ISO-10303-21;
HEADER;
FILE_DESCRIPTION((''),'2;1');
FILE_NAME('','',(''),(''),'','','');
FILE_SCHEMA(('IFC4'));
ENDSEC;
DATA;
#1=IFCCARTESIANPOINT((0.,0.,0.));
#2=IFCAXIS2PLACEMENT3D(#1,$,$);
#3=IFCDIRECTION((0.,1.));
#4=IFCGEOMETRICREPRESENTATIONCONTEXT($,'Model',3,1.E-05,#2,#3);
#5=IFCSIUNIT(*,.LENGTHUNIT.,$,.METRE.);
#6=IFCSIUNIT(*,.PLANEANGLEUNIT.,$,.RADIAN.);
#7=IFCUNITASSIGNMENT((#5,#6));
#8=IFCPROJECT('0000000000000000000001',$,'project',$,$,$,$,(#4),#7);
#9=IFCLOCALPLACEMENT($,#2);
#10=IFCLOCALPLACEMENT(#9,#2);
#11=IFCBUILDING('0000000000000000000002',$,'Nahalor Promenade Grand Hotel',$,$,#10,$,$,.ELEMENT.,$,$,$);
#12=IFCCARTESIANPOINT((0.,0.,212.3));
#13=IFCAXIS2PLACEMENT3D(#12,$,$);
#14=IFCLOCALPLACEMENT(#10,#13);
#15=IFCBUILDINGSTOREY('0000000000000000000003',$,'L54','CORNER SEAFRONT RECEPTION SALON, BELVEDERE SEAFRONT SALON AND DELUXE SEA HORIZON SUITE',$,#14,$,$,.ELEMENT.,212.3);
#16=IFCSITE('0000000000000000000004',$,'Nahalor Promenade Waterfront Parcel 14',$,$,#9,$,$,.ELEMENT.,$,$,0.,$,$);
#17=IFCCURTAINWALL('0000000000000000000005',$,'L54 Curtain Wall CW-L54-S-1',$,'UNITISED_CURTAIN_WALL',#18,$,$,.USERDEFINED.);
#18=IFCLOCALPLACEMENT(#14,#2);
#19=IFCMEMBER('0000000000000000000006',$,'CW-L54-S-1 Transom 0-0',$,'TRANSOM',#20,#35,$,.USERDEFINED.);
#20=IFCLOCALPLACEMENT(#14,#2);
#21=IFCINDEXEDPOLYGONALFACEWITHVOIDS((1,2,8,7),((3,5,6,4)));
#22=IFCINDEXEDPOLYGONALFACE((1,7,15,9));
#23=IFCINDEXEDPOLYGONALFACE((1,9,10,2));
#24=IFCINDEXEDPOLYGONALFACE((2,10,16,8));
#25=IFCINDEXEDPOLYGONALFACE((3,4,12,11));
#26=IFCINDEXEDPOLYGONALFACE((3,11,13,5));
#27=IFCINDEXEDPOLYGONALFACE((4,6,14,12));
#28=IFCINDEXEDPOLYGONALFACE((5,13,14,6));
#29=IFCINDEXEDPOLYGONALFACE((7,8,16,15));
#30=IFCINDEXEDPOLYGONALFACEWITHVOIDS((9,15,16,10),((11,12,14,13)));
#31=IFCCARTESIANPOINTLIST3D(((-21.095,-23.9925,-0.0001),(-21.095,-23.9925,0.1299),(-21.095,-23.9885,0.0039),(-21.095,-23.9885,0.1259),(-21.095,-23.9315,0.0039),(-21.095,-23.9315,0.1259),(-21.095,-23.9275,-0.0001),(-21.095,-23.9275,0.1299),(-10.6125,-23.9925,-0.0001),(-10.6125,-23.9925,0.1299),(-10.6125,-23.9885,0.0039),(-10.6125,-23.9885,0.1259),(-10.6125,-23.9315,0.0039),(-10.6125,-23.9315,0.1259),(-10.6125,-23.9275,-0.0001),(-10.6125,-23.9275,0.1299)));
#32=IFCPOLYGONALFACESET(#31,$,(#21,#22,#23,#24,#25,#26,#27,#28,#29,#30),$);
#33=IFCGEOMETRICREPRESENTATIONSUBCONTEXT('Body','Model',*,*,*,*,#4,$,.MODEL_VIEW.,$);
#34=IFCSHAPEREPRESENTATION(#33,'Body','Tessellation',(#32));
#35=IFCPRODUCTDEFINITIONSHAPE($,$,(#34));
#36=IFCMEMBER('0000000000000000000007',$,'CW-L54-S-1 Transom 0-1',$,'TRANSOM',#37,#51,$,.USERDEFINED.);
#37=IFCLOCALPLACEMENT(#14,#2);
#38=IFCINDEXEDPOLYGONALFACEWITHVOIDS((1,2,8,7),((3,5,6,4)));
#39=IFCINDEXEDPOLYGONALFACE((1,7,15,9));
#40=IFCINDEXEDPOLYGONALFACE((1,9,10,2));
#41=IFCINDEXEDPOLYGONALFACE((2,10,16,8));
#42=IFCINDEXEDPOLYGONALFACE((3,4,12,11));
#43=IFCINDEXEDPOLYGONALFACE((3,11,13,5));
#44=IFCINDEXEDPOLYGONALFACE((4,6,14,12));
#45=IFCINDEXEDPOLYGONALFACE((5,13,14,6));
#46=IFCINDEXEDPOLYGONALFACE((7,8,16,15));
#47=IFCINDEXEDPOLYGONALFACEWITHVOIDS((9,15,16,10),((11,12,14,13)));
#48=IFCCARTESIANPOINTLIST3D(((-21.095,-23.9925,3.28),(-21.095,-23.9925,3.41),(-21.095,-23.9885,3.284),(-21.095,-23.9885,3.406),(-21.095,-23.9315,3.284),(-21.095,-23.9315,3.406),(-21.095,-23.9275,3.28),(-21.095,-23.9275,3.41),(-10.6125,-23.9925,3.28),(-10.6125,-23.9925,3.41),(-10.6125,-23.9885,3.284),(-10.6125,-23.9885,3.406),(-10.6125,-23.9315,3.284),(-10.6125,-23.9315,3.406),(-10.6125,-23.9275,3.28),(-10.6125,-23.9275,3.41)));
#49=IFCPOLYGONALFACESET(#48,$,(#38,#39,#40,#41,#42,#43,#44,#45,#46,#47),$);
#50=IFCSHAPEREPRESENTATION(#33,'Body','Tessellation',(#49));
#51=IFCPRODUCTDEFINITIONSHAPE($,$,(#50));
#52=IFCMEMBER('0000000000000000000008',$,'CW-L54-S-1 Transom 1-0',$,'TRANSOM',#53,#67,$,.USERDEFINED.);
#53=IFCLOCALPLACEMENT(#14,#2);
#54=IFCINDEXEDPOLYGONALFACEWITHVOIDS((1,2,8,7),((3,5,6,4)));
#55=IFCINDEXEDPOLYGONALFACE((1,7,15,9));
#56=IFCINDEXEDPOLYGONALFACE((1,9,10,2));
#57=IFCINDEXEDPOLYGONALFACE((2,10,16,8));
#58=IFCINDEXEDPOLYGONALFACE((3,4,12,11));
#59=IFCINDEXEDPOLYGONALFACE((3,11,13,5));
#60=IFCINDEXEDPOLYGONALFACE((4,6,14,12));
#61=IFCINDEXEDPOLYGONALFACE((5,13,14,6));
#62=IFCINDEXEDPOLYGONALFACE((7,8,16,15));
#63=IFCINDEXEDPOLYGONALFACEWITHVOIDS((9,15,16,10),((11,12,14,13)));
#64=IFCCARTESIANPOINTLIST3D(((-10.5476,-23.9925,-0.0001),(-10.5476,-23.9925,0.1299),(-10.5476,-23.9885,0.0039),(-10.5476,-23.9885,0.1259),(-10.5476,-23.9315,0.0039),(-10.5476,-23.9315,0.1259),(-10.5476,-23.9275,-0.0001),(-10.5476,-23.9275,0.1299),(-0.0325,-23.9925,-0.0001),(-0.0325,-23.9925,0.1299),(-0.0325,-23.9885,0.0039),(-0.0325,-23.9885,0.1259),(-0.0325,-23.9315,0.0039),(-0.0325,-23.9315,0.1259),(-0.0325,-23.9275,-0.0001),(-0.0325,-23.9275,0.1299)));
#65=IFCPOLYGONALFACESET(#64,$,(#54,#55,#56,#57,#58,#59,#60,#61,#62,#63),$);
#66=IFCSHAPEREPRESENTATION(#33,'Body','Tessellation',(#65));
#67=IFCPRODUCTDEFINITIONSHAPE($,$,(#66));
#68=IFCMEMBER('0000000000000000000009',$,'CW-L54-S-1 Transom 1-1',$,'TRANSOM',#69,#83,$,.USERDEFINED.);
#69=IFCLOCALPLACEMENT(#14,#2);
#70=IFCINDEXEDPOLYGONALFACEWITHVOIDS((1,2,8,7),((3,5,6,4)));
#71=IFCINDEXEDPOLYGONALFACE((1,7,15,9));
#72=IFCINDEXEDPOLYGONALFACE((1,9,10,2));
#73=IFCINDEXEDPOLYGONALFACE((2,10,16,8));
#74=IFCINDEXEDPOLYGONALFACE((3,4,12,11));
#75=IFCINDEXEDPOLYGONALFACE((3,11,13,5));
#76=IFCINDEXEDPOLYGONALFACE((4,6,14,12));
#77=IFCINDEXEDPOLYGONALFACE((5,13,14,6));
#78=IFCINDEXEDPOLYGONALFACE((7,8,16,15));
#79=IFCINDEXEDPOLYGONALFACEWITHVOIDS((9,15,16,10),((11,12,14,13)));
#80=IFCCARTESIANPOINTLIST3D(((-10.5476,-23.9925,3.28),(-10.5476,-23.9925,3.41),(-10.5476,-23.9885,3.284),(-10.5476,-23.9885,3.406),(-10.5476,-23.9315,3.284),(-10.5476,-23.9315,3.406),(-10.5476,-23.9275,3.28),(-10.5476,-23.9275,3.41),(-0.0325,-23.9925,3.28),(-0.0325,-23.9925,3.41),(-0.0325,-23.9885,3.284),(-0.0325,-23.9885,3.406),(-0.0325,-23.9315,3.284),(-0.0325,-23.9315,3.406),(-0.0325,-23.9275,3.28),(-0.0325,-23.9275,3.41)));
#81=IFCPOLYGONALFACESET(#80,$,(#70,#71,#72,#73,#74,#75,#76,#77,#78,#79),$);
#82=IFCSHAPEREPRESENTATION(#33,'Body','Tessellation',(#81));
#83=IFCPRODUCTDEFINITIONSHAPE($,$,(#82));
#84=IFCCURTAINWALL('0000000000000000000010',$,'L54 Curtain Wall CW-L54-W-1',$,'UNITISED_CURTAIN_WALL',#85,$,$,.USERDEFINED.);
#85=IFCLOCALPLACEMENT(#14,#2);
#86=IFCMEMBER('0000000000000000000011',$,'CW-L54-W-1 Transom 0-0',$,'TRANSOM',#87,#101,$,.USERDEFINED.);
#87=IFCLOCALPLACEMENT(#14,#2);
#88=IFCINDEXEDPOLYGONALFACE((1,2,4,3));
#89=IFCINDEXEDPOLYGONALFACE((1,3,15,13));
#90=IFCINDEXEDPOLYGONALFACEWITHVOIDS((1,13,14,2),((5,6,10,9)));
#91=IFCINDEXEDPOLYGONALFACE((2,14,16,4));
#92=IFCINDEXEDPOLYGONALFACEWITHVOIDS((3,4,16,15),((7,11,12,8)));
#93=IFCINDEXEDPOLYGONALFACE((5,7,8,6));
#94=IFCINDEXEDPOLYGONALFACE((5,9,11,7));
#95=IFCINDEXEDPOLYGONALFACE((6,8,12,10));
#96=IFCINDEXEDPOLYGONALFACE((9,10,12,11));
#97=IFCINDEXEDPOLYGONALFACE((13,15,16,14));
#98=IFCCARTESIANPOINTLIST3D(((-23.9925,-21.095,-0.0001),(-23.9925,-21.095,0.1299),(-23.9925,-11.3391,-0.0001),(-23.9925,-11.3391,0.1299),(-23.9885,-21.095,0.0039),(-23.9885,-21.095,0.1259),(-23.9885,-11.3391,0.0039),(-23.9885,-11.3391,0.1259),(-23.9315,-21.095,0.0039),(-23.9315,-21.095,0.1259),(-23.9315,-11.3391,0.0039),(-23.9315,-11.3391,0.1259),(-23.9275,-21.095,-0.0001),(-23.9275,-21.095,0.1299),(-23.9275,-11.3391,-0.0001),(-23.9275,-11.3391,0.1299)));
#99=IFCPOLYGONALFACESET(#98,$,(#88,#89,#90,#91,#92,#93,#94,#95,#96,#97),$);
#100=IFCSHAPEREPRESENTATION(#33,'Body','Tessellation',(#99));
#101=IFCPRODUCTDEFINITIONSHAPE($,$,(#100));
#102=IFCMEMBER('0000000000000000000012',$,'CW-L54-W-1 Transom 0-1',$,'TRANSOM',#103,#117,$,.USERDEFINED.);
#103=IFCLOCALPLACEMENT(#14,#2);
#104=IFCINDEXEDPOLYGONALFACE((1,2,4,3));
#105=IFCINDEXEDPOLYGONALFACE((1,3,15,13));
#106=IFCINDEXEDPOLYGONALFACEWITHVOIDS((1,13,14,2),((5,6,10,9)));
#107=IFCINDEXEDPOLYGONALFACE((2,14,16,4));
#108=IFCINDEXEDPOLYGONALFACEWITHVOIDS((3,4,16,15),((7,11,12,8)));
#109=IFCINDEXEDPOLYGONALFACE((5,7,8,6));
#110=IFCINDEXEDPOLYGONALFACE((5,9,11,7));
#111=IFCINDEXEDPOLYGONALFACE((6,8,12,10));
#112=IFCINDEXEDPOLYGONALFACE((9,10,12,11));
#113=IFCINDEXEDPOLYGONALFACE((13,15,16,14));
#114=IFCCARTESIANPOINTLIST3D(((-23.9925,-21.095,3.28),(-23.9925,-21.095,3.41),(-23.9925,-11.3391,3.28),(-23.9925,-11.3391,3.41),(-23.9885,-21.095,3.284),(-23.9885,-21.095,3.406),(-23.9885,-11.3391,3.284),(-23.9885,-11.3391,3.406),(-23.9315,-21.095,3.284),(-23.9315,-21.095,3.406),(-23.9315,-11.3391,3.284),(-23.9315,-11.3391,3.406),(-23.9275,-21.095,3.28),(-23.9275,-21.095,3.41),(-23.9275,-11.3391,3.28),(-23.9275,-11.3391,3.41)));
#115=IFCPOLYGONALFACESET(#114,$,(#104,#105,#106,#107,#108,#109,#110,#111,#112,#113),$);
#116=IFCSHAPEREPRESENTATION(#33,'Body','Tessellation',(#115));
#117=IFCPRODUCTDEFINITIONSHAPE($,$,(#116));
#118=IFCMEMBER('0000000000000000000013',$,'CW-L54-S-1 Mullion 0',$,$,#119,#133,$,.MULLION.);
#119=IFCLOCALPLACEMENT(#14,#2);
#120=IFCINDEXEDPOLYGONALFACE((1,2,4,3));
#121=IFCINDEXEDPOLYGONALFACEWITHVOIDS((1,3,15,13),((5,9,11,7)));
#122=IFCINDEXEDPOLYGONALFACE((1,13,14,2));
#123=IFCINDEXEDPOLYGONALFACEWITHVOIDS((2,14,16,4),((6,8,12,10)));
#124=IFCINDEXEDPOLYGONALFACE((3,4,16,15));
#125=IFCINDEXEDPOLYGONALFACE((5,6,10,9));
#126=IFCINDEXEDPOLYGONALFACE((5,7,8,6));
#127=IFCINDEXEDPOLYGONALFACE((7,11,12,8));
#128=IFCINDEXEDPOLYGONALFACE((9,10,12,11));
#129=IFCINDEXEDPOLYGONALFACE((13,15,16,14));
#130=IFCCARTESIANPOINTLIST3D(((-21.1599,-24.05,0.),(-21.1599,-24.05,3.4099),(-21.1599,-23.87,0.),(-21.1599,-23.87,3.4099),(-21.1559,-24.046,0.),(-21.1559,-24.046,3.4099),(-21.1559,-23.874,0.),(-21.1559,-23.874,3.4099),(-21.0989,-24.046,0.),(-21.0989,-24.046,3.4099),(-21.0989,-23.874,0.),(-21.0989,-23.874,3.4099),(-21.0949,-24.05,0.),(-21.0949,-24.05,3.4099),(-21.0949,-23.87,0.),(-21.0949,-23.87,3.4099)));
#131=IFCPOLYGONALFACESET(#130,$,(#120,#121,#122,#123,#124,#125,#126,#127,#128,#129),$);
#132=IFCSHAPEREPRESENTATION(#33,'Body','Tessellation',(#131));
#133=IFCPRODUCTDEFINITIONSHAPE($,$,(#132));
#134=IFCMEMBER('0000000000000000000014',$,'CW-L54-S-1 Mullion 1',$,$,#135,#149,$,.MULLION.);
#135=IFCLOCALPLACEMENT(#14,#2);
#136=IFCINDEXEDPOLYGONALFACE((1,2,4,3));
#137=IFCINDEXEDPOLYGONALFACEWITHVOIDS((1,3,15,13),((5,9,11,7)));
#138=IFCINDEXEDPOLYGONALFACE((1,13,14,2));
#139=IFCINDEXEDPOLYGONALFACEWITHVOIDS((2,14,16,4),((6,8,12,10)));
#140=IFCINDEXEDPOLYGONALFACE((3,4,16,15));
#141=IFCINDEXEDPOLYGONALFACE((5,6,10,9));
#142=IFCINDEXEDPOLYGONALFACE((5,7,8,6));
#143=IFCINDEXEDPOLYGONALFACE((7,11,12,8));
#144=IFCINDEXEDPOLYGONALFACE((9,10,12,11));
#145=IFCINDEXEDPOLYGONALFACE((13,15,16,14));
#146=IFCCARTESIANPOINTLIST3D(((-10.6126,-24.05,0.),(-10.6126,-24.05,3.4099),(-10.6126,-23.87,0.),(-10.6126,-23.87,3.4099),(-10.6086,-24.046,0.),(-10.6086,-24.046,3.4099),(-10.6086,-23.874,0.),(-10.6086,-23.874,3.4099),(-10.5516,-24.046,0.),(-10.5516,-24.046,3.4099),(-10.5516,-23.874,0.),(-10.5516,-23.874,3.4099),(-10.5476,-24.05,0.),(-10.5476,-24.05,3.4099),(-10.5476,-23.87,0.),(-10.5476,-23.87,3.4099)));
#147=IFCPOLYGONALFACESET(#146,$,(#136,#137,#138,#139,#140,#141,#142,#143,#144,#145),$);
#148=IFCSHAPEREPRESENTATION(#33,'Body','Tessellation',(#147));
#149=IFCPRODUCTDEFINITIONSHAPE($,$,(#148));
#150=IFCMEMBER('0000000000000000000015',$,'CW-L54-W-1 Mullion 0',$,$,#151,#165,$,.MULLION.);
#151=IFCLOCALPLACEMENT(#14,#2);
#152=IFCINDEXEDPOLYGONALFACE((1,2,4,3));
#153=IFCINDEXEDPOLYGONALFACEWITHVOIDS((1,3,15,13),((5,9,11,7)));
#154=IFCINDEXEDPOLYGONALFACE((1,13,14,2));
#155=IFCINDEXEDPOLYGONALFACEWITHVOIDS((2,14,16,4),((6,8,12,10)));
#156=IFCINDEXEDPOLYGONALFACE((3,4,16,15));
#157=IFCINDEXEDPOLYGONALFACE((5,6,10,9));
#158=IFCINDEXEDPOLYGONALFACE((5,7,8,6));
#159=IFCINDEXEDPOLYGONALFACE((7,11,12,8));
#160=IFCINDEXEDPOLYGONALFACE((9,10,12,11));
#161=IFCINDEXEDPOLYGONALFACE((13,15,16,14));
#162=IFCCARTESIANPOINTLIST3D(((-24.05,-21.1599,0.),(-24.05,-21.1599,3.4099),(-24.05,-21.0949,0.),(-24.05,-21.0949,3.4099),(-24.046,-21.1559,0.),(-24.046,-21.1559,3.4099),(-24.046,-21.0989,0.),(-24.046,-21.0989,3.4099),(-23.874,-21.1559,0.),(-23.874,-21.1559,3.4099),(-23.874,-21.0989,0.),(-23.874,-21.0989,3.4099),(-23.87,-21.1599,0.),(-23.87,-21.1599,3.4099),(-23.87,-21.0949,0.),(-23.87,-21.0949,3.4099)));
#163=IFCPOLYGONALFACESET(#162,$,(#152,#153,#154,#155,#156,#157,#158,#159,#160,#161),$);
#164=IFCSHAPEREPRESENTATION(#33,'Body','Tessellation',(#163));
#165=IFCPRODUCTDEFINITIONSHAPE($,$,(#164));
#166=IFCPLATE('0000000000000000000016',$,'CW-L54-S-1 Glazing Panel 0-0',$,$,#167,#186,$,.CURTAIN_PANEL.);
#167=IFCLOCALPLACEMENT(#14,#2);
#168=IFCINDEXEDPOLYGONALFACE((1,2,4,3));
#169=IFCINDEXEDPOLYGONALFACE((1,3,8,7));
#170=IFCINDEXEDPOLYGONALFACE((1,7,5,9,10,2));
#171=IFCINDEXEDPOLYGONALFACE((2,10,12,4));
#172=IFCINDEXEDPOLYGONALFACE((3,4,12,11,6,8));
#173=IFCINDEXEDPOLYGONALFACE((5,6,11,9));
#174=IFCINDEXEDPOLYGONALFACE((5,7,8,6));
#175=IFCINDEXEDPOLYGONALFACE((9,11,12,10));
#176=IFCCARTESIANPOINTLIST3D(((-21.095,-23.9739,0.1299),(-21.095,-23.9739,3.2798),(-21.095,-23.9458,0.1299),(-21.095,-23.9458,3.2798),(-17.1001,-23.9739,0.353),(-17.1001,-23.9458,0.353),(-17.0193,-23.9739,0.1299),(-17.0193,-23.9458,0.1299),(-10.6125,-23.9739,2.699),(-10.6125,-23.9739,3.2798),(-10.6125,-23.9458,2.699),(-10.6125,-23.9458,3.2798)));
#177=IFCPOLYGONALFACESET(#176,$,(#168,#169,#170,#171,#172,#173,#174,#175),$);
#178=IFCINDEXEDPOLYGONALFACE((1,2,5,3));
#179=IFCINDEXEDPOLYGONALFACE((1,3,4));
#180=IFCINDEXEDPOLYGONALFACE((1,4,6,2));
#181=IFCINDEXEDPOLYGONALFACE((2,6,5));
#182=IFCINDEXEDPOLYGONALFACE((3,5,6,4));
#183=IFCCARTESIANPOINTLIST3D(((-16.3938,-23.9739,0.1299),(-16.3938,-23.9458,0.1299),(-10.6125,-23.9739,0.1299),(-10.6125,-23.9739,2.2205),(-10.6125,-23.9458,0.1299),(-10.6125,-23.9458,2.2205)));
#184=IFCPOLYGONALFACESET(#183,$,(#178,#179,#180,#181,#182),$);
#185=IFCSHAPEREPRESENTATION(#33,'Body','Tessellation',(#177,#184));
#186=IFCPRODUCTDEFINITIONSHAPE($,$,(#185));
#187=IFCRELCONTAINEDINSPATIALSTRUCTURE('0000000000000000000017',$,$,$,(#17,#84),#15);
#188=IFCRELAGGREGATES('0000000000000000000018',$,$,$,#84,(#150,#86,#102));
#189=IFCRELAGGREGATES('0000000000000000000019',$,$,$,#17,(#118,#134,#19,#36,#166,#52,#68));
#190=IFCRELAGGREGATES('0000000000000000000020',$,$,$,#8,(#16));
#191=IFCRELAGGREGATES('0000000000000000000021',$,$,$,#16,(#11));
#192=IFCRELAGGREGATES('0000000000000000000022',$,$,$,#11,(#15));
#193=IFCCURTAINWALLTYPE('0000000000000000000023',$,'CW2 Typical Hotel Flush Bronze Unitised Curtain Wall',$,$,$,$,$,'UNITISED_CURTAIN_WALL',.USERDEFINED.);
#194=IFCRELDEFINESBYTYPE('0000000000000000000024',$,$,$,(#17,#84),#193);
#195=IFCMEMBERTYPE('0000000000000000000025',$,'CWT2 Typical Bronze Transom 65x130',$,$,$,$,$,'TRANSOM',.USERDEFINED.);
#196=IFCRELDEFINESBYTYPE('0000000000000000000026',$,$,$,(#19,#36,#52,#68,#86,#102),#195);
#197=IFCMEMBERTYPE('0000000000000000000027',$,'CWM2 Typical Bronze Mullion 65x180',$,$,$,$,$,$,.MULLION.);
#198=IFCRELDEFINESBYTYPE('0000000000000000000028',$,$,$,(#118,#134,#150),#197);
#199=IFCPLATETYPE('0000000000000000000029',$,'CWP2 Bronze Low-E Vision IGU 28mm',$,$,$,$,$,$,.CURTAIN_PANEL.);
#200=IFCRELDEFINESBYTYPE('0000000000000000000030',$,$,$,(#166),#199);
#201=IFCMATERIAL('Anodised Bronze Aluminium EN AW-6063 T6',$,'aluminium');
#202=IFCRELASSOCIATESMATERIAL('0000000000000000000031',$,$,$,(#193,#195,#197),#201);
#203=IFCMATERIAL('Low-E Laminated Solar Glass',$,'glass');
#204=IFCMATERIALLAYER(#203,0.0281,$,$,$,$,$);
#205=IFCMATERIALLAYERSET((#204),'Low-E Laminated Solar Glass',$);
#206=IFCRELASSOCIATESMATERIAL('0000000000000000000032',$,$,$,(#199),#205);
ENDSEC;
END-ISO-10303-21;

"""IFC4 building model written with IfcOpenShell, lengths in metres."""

from ifc_helpers import new_model, si_unit, direction, frame, origin, origin_2d, place, context, subcontext, project, spatial, polyline, hollow_rectangle, outline, extrude, source, transform, mapped, material, layer, layer_set, material_profile, profile_set, type_object, element, aggregate, save


model = new_model("IFC4")

# Units and contexts
model_context = context("Model", 3, precision=1e-05, world=origin(), true_north=direction((0.0, 1.0)))
body_context = subcontext(model_context, "Body", "Model", "MODEL_VIEW")
ifc_project = project(units=[si_unit("LENGTHUNIT", "METRE"), si_unit("PLANEANGLEUNIT", "RADIAN")], contexts=[model_context])

# Site, building, storey
site_placement = place(None, origin())
site = spatial("IfcSite", under=ifc_project, at=site_placement, Name="Nahalor Promenade Waterfront Parcel 14", CompositionType="ELEMENT", RefElevation=0.0)
building_placement = place(site_placement, origin())
building = spatial("IfcBuilding", under=site, at=building_placement, Name="Nahalor Promenade Grand Hotel", CompositionType="ELEMENT")
storey_placement = place(building_placement, frame((0.0, 0.0, 212.3)))
storey = spatial("IfcBuildingStorey", under=building, at=storey_placement, Name="L54", Description="CORNER SEAFRONT RECEPTION SALON, BELVEDERE SEAFRONT SALON AND DELUXE SEA HORIZON SUITE", CompositionType="ELEMENT", Elevation=212.3)

# Curtain walls, members
ifc_material_1 = material(Name="Anodised Bronze Aluminium EN AW-6063 T6", Category="aluminium")
curtain_wall_type = type_object("IfcCurtainWallType", Name="CW2 Typical Hotel Flush Bronze Unitised Curtain Wall", ElementType="UNITISED_CURTAIN_WALL", PredefinedType="USERDEFINED", material=ifc_material_1)
curtain_wall_1_placement = place(storey_placement, origin())
curtain_wall_1 = element("IfcCurtainWall", 1, at=curtain_wall_1_placement, inside=storey, type_object=curtain_wall_type, Name="L54 Curtain Wall CW-L54-S-1", ObjectType="UNITISED_CURTAIN_WALL", PredefinedType="USERDEFINED")
ifc_material_profile_1 = material_profile(ifc_material_1, hollow_rectangle(XDim=0.065, YDim=0.13, WallThickness=0.004, at=origin_2d()), Name="CWT 65x130x4")
ifc_profile_set_1 = profile_set([ifc_material_profile_1], Name="Anodised Bronze Aluminium EN AW-6063 T6")
member_type_1 = type_object("IfcMemberType", Name="CWT2 Typical Bronze Transom 65x130", ElementType="TRANSOM", PredefinedType="USERDEFINED", material=ifc_profile_set_1)
shared_shape_1 = source(origin(), body_context, "Body", "SweptSolid", [
    extrude(hollow_rectangle(XDim=0.065, YDim=0.13, WallThickness=0.004, at=origin_2d()), origin(), (0.0, 0.0, 1.0), 10.4824),
])
member_1_placement = place(storey_placement, frame((-21.095, -23.96, 0.0649), z_axis=(1.0, 0.0, 0.0), x_axis=(0.0, 1.0, 0.0)))
member_1 = element("IfcMember", 2, at=member_1_placement, type_object=member_type_1, Name="CW-L54-S-1 Transom 0-0", ObjectType="TRANSOM", PredefinedType="USERDEFINED", context=body_context, shape_type="MappedRepresentation", body=[
    mapped(shared_shape_1, transform((0.0, 0.0, 0.0), scale=1.0)),
])
member_2_placement = place(storey_placement, frame((-21.095, -23.96, 3.345), z_axis=(1.0, 0.0, 0.0), x_axis=(0.0, 1.0, 0.0)))
member_2 = element("IfcMember", 3, at=member_2_placement, type_object=member_type_1, Name="CW-L54-S-1 Transom 0-1", ObjectType="TRANSOM", PredefinedType="USERDEFINED", context=body_context, shape_type="MappedRepresentation", body=[
    mapped(shared_shape_1, transform((0.0, 0.0, 0.0), scale=1.0)),
])
shared_shape_2 = source(origin(), body_context, "Body", "SweptSolid", [
    extrude(hollow_rectangle(XDim=0.065, YDim=0.13, WallThickness=0.004, at=origin_2d()), origin(), (0.0, 0.0, 1.0), 10.5151),
])
member_3_placement = place(storey_placement, frame((-10.5476, -23.96, 0.0649), z_axis=(1.0, 0.0, 0.0), x_axis=(0.0, 1.0, 0.0)))
member_3 = element("IfcMember", 4, at=member_3_placement, type_object=member_type_1, Name="CW-L54-S-1 Transom 1-0", ObjectType="TRANSOM", PredefinedType="USERDEFINED", context=body_context, shape_type="MappedRepresentation", body=[
    mapped(shared_shape_2, transform((0.0, 0.0, 0.0), scale=1.0)),
])
member_4_placement = place(storey_placement, frame((-10.5476, -23.96, 3.345), z_axis=(1.0, 0.0, 0.0), x_axis=(0.0, 1.0, 0.0)))
member_4 = element("IfcMember", 5, at=member_4_placement, type_object=member_type_1, Name="CW-L54-S-1 Transom 1-1", ObjectType="TRANSOM", PredefinedType="USERDEFINED", context=body_context, shape_type="MappedRepresentation", body=[
    mapped(shared_shape_2, transform((0.0, 0.0, 0.0), scale=1.0)),
])
curtain_wall_2_placement = place(storey_placement, origin())
curtain_wall_2 = element("IfcCurtainWall", 6, at=curtain_wall_2_placement, inside=storey, type_object=curtain_wall_type, Name="L54 Curtain Wall CW-L54-W-1", ObjectType="UNITISED_CURTAIN_WALL", PredefinedType="USERDEFINED")
shared_shape_3 = source(origin(), body_context, "Body", "SweptSolid", [
    extrude(hollow_rectangle(XDim=0.065, YDim=0.13, WallThickness=0.004, at=origin_2d()), origin(), (0.0, 0.0, 1.0), 9.7559),
])
member_5_placement = place(storey_placement, frame((-23.96, -21.095, 0.0649), z_axis=(0.0, 1.0, 0.0), x_axis=(-1.0, 0.0, 0.0)))
member_5 = element("IfcMember", 7, at=member_5_placement, type_object=member_type_1, Name="CW-L54-W-1 Transom 0-0", ObjectType="TRANSOM", PredefinedType="USERDEFINED", context=body_context, shape_type="MappedRepresentation", body=[
    mapped(shared_shape_3, transform((0.0, 0.0, 0.0), scale=1.0)),
])
member_6_placement = place(storey_placement, frame((-23.96, -21.095, 3.345), z_axis=(0.0, 1.0, 0.0), x_axis=(-1.0, 0.0, 0.0)))
member_6 = element("IfcMember", 8, at=member_6_placement, type_object=member_type_1, Name="CW-L54-W-1 Transom 0-1", ObjectType="TRANSOM", PredefinedType="USERDEFINED", context=body_context, shape_type="MappedRepresentation", body=[
    mapped(shared_shape_3, transform((0.0, 0.0, 0.0), scale=1.0)),
])

# Members
ifc_material_profile_2 = material_profile(ifc_material_1, hollow_rectangle(XDim=0.065, YDim=0.18, WallThickness=0.004, at=origin_2d()), Name="CWM 65x180x4")
ifc_profile_set_2 = profile_set([ifc_material_profile_2], Name="Anodised Bronze Aluminium EN AW-6063 T6")
member_type_2 = type_object("IfcMemberType", Name="CWM2 Typical Bronze Mullion 65x180", PredefinedType="MULLION", material=ifc_profile_set_2)
shared_shape_4 = source(origin(), body_context, "Body", "SweptSolid", [
    extrude(hollow_rectangle(XDim=0.065, YDim=0.18, WallThickness=0.004, at=origin_2d()), origin(), (0.0, 0.0, 1.0), 3.4099),
])
member_7_placement = place(storey_placement, frame((-21.1274, -23.96, 0.0), z_axis=(0.0, 0.0, 1.0), x_axis=(1.0, 0.0, 0.0)))
member_7 = element("IfcMember", 9, at=member_7_placement, type_object=member_type_2, Name="CW-L54-S-1 Mullion 0", PredefinedType="MULLION", context=body_context, shape_type="MappedRepresentation", body=[
    mapped(shared_shape_4, transform((0.0, 0.0, 0.0), scale=1.0)),
])
member_8_placement = place(storey_placement, frame((-10.5801, -23.96, 0.0), z_axis=(0.0, 0.0, 1.0), x_axis=(1.0, 0.0, 0.0)))
member_8 = element("IfcMember", 10, at=member_8_placement, type_object=member_type_2, Name="CW-L54-S-1 Mullion 1", PredefinedType="MULLION", context=body_context, shape_type="MappedRepresentation", body=[
    mapped(shared_shape_4, transform((0.0, 0.0, 0.0), scale=1.0)),
])
member_9_placement = place(storey_placement, frame((-23.96, -21.1274, 0.0), z_axis=(0.0, 0.0, 1.0), x_axis=(0.0, 1.0, 0.0)))
member_9 = element("IfcMember", 11, at=member_9_placement, type_object=member_type_2, Name="CW-L54-W-1 Mullion 0", PredefinedType="MULLION", context=body_context, shape_type="MappedRepresentation", body=[
    mapped(shared_shape_4, transform((0.0, 0.0, 0.0), scale=1.0)),
])
aggregate(curtain_wall_2, [member_9, member_5, member_6])

# Plate
ifc_material_2 = material(Name="Low-E Laminated Solar Glass", Category="glass")
ifc_layer_1 = layer(ifc_material_2, 0.0281)
ifc_layer_set_1 = layer_set([ifc_layer_1], Name="Low-E Laminated Solar Glass")
plate_type = type_object("IfcPlateType", Name="CWP2 Bronze Low-E Vision IGU 28mm", PredefinedType="CURTAIN_PANEL", material=ifc_layer_set_1)
plate_placement = place(storey_placement, frame((-15.8538, -23.96, 0.1299), z_axis=(0.0, 0.0, 1.0), x_axis=(1.0, 0.0, 0.0)))
plate = element("IfcPlate", 12, at=plate_placement, type_object=plate_type, Name="CW-L54-S-1 Glazing Panel 0-0", PredefinedType="CURTAIN_PANEL", context=body_context, shape_type="SweptSolid", body=[
    extrude(outline(polyline([(-5.2412, 3.1499), (-5.2412, 0.0), (-1.1655, 0.0), (-1.2463, 0.2231), (5.2412, 2.5691), (5.2412, 3.1499), (-5.2412, 3.1499)])), frame((0.0, 0.0142, 0.0), z_axis=(0.0, -1.0, 0.0), x_axis=(1.0, 0.0, 0.0)), (0.0, 0.0, 1.0), 0.0281),
    extrude(outline(polyline([(-0.54, 0.0), (5.2412, 0.0), (5.2412, 2.0906), (-0.54, 0.0)])), frame((0.0, 0.0142, 0.0), z_axis=(0.0, -1.0, 0.0), x_axis=(1.0, 0.0, 0.0)), (0.0, 0.0, 1.0), 0.0281),
])
aggregate(curtain_wall_1, [member_7, member_8, member_1, member_2, plate, member_3, member_4])

save(model, "model.ifc")
